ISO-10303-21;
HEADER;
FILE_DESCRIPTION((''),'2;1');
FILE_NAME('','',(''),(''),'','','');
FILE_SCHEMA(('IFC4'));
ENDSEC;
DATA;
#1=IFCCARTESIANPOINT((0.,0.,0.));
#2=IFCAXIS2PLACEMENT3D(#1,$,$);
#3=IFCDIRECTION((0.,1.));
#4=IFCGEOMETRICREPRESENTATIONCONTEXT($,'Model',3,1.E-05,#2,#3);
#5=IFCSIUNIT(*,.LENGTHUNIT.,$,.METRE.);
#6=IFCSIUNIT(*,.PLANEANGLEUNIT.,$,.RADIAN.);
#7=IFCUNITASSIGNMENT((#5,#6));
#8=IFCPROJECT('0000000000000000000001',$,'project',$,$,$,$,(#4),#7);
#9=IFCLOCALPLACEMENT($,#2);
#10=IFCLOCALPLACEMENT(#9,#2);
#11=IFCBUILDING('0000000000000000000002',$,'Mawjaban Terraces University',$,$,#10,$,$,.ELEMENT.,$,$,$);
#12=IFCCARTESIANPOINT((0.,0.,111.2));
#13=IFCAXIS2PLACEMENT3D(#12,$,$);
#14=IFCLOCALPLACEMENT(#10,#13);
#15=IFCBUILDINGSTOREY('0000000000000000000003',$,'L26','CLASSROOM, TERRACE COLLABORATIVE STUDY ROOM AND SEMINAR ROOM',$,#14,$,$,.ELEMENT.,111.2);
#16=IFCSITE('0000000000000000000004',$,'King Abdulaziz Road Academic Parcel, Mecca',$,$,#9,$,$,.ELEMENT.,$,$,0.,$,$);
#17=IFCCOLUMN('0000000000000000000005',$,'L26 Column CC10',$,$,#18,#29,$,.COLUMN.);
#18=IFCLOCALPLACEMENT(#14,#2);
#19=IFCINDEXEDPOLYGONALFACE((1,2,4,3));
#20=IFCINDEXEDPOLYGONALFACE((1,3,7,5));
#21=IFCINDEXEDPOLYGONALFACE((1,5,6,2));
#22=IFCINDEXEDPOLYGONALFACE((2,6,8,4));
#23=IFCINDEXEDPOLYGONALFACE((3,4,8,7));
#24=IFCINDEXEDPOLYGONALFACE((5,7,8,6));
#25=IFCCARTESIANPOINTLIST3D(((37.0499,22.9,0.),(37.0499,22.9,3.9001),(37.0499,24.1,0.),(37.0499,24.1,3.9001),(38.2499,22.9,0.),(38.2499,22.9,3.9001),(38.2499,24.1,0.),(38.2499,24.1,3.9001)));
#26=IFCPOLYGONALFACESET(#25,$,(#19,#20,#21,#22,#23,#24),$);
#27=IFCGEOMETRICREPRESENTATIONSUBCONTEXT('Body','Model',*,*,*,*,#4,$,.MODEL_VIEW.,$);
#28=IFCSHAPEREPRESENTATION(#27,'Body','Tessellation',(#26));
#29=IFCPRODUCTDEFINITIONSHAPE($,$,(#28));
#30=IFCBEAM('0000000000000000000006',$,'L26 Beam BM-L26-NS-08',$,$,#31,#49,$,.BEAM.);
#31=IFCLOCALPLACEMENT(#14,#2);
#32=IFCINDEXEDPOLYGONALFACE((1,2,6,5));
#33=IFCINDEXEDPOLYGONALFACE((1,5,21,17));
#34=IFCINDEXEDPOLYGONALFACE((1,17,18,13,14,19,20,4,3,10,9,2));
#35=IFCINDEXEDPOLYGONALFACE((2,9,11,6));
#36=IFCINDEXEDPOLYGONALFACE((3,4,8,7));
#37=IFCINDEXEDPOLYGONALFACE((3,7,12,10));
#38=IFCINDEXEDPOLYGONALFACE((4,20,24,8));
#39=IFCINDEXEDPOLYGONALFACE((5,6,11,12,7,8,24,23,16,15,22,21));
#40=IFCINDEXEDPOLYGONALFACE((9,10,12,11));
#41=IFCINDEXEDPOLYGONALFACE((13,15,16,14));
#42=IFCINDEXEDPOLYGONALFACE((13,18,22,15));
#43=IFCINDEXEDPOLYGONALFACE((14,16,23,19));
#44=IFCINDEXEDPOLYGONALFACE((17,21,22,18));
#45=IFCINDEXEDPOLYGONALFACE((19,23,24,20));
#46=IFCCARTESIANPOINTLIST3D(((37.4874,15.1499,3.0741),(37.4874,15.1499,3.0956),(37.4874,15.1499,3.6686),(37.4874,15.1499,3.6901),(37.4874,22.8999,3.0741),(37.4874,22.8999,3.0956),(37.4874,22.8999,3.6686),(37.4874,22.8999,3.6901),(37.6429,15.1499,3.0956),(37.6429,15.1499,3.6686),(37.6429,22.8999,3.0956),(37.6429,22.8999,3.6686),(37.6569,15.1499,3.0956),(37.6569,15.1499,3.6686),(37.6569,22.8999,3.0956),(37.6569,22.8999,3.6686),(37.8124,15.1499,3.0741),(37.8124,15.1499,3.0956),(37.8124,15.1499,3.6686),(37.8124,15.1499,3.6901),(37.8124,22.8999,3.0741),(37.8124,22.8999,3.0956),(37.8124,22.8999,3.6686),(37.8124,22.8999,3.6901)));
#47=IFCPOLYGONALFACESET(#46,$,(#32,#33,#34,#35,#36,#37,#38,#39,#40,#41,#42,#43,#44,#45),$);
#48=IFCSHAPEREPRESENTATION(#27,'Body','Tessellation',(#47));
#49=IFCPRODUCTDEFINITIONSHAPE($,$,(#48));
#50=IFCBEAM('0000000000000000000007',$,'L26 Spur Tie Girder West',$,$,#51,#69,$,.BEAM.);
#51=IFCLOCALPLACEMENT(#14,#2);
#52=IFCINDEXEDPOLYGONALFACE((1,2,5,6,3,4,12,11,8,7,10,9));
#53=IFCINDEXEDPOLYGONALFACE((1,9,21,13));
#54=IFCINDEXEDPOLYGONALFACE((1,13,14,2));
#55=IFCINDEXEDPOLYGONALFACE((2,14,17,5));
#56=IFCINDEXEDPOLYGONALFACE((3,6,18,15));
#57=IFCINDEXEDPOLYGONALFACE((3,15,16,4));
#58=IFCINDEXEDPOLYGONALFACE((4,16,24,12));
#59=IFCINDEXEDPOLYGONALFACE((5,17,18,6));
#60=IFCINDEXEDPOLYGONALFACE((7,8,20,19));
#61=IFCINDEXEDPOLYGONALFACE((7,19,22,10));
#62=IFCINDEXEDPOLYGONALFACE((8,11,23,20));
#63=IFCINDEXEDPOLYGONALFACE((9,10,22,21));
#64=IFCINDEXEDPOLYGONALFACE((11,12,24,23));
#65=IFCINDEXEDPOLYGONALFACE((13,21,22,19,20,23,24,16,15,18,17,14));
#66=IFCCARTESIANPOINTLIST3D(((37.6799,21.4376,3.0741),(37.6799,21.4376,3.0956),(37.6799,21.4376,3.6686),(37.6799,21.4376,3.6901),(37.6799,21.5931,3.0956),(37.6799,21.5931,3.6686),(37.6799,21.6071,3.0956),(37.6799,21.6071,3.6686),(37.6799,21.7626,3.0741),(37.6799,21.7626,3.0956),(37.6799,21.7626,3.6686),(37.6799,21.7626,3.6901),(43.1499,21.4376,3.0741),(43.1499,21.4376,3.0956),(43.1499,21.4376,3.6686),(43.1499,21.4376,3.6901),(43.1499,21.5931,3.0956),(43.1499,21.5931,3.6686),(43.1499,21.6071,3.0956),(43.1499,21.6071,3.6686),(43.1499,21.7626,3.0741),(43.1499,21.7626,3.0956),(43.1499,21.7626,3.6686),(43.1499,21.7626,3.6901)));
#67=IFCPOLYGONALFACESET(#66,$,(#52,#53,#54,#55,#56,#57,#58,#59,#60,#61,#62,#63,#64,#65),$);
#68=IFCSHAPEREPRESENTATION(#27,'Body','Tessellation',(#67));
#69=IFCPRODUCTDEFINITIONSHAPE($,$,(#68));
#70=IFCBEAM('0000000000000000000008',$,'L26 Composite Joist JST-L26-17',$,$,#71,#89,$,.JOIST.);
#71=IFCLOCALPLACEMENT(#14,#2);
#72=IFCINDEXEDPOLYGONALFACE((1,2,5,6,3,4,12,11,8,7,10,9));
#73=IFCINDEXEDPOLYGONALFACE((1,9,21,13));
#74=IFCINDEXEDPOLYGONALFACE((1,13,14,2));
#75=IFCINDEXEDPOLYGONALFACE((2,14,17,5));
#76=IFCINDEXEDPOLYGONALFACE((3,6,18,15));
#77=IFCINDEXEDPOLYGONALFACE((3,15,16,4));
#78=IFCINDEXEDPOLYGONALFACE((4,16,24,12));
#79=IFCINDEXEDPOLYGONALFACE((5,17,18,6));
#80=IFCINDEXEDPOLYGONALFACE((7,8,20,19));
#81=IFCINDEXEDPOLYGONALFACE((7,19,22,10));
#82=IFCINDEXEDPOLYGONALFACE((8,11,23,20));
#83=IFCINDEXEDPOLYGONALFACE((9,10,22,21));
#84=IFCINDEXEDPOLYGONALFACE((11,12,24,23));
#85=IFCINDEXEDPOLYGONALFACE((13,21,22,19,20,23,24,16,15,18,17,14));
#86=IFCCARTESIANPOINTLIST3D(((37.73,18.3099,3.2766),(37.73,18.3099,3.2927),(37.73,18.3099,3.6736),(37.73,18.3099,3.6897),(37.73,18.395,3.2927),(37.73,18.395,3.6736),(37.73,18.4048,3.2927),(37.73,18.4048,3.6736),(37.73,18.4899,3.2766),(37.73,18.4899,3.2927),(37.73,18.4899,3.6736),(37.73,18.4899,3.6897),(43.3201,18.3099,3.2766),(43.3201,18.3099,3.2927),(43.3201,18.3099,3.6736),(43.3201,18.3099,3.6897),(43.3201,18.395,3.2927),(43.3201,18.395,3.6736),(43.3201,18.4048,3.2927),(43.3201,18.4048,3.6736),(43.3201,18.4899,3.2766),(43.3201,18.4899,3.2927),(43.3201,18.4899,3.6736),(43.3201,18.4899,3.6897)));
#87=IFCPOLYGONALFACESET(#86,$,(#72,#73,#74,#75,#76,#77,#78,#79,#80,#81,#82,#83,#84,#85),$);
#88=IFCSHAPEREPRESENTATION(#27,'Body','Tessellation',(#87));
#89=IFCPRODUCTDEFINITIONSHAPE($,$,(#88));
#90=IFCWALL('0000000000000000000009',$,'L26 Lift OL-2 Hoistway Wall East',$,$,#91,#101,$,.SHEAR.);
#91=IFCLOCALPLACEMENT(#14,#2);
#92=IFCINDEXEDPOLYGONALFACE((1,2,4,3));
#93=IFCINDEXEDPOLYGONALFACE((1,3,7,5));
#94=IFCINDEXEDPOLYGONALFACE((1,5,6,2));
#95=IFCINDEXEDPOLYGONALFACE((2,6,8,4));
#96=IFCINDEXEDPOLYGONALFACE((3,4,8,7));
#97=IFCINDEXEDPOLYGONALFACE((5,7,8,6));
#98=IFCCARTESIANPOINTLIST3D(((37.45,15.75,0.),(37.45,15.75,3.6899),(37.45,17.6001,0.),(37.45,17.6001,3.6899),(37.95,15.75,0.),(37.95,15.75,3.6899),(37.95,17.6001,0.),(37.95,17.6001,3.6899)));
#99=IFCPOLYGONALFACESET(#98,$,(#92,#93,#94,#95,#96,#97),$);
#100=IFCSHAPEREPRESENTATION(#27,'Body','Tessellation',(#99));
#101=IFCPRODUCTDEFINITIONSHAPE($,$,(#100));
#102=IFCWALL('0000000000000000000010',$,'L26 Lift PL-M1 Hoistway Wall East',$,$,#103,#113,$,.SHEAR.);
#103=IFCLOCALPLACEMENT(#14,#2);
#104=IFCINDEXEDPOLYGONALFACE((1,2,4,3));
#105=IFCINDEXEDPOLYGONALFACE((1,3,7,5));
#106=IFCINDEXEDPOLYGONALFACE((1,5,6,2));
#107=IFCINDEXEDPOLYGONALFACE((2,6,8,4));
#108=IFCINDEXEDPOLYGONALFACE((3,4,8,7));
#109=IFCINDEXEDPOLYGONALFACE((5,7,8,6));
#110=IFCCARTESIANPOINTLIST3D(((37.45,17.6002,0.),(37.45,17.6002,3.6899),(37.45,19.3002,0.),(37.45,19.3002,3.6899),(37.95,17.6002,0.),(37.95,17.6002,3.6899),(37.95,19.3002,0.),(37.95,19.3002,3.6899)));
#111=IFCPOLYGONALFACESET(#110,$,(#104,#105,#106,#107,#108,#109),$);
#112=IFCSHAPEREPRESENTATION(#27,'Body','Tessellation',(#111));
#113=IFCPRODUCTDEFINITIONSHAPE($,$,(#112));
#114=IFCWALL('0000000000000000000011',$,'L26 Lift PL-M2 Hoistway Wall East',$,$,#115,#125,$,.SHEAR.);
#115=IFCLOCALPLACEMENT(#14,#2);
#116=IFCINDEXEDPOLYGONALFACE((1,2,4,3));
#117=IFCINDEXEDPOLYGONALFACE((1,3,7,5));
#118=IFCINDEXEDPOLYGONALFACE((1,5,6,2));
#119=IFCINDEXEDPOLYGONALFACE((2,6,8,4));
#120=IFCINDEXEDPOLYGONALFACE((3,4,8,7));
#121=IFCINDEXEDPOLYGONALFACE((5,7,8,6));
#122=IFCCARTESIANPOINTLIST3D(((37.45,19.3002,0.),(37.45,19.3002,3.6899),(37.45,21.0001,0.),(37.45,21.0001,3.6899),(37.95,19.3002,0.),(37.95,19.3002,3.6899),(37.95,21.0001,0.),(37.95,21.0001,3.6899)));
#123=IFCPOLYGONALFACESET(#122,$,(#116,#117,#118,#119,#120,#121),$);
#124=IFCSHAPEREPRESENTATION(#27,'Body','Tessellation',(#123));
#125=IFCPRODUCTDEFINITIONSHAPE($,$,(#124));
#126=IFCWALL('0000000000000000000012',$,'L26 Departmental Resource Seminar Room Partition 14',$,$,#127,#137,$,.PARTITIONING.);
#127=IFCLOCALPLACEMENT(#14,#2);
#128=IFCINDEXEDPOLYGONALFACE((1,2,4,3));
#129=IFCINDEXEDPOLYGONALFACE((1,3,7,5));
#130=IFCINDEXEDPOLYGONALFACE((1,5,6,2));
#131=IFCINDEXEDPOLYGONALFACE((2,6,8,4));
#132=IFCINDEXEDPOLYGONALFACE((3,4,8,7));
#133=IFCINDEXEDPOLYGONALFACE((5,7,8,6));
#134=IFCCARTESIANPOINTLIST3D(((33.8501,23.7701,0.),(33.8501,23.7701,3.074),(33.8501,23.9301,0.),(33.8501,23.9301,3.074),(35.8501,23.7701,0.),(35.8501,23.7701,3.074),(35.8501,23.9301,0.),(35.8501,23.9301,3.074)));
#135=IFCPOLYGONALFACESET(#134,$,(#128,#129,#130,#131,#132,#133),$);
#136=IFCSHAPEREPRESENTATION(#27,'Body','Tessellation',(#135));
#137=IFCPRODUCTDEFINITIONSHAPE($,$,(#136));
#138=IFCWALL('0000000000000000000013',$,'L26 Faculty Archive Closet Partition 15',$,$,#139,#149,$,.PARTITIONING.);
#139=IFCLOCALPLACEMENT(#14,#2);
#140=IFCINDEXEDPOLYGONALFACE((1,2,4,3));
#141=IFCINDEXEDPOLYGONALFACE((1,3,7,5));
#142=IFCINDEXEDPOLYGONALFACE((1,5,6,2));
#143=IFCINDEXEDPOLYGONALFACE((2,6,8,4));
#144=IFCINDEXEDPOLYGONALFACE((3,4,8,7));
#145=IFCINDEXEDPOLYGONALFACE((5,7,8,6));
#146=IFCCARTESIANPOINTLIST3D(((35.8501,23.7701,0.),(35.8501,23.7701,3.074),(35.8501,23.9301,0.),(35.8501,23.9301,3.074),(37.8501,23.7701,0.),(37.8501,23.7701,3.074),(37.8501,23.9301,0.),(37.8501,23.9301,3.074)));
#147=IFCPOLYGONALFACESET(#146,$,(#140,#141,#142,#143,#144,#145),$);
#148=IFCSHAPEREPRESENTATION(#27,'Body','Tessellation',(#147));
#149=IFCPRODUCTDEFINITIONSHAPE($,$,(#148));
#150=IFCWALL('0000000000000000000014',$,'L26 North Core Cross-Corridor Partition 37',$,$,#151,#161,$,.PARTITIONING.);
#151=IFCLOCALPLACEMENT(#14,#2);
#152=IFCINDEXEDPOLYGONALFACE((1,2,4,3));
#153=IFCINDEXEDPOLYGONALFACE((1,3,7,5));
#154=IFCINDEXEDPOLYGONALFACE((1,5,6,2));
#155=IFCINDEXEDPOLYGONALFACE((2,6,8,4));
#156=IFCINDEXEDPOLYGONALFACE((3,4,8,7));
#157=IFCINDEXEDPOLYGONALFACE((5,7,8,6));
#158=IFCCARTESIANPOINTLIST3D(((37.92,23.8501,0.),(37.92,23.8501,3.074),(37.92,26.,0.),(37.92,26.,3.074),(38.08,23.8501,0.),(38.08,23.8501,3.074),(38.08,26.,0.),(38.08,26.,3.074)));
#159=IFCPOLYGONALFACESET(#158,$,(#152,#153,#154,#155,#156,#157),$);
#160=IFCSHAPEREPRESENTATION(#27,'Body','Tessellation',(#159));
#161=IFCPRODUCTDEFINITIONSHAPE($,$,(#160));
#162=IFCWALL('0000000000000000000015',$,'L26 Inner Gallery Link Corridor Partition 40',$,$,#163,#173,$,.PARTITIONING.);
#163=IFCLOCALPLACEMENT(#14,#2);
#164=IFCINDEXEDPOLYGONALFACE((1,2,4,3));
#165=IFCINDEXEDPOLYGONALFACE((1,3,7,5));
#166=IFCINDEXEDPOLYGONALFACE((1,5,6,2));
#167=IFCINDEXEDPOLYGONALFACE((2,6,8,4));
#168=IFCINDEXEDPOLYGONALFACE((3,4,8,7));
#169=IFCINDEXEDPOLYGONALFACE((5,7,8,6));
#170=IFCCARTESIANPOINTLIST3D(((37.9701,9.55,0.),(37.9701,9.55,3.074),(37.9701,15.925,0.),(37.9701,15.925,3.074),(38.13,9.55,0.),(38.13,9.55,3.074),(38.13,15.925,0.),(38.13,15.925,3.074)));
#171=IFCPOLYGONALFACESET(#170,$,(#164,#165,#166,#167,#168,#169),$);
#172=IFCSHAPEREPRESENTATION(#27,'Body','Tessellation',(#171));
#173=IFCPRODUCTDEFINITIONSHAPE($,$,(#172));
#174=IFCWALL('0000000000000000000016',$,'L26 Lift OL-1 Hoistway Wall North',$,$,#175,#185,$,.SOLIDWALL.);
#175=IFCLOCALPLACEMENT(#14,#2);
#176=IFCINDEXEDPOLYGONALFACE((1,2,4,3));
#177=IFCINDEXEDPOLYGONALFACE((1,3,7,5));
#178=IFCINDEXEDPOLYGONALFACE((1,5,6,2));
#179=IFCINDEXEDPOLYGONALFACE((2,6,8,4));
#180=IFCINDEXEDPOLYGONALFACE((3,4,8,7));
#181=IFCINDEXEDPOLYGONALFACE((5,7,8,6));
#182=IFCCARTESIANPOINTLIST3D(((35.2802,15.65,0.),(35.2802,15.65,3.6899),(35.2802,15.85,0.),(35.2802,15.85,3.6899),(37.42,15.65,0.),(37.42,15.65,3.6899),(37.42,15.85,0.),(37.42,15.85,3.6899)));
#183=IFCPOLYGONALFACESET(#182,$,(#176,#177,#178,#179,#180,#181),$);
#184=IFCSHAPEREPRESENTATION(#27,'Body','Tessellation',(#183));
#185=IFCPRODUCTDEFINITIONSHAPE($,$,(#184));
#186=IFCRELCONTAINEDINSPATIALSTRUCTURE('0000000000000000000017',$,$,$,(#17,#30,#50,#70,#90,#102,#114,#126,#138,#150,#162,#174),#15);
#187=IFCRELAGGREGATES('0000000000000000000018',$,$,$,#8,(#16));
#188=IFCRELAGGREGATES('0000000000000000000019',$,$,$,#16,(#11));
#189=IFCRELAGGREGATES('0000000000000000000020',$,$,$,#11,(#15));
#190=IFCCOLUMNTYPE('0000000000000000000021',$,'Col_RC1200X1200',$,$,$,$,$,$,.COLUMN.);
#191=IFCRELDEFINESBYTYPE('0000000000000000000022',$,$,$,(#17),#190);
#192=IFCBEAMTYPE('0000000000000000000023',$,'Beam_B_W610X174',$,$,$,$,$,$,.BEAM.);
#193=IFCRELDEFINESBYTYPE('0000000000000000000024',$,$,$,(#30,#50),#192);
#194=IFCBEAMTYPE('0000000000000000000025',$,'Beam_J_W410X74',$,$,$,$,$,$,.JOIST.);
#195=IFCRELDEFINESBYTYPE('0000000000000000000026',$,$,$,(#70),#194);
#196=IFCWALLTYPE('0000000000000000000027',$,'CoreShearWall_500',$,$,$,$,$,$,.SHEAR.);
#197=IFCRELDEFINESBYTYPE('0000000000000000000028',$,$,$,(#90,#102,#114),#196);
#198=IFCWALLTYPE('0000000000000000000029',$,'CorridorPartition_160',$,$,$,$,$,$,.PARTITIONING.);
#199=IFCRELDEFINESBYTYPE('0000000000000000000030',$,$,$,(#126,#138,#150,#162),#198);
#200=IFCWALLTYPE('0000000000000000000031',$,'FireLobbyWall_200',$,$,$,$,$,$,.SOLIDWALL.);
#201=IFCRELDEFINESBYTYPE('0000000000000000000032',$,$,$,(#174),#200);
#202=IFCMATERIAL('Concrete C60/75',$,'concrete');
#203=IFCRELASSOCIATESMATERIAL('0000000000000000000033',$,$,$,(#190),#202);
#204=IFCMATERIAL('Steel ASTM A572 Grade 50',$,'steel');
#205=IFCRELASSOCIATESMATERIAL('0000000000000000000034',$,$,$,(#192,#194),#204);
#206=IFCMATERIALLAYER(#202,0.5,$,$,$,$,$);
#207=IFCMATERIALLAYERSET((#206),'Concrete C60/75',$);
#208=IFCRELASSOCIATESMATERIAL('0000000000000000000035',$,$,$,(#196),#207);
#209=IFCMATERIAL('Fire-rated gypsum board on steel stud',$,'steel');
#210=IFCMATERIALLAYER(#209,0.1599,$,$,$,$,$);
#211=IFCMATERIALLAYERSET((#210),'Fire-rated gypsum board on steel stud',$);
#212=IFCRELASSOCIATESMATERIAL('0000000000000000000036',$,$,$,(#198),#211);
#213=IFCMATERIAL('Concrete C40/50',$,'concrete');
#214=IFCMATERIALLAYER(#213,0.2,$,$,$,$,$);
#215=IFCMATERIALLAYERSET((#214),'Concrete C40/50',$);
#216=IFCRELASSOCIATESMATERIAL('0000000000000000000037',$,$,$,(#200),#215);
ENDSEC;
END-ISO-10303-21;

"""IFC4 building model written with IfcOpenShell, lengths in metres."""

from ifc_helpers import new_model, si_unit, direction, frame, frame_2d, origin, origin_2d, place, context, subcontext, project, spatial, rectangle, i_section, extrude, material, layer, layer_set, material_profile, profile_set, type_object, element, save


model = new_model("IFC4")

# Units and contexts
model_context = context("Model", 3, precision=1e-05, world=origin(), true_north=direction((0.0, 1.0)))
body_context = subcontext(model_context, "Body", "Model", "MODEL_VIEW")
ifc_project = project(units=[si_unit("LENGTHUNIT", "METRE"), si_unit("PLANEANGLEUNIT", "RADIAN")], contexts=[model_context])

# Site, building, storey
site_placement = place(None, origin())
site = spatial("IfcSite", under=ifc_project, at=site_placement, Name="King Abdulaziz Road Academic Parcel, Mecca", CompositionType="ELEMENT", RefElevation=0.0)
building_placement = place(site_placement, origin())
building = spatial("IfcBuilding", under=site, at=building_placement, Name="Mawjaban Terraces University", CompositionType="ELEMENT")
storey_placement = place(building_placement, frame((0.0, 0.0, 111.2)))
storey = spatial("IfcBuildingStorey", under=building, at=storey_placement, Name="L26", Description="CLASSROOM, TERRACE COLLABORATIVE STUDY ROOM AND SEMINAR ROOM", CompositionType="ELEMENT", Elevation=111.2)

# Column
ifc_material_1 = material(Name="Concrete C60/75", Category="concrete")
ifc_material_profile_1 = material_profile(ifc_material_1, rectangle(XDim=1.2, YDim=1.2, at=origin_2d()), Name="RC1200X1200")
ifc_profile_set_1 = profile_set([ifc_material_profile_1], Name="Concrete C60/75")
column_type = type_object("IfcColumnType", Name="Col_RC1200X1200", PredefinedType="COLUMN", material=ifc_profile_set_1)
column_placement = place(storey_placement, frame((37.6499, 23.5, 0.0), z_axis=(0.0, 0.0, 1.0), x_axis=(1.0, 0.0, 0.0)))
element("IfcColumn", 1, at=column_placement, inside=storey, type_object=column_type, Name="L26 Column CC10", PredefinedType="COLUMN", context=body_context, shape_type="SweptSolid", body=[
    extrude(rectangle(XDim=1.2, YDim=1.2, at=origin_2d()), origin(), (0.0, 0.0, 1.0), 3.9001),
])

# Beams
ifc_material_2 = material(Name="Steel ASTM A572 Grade 50", Category="steel")
ifc_material_profile_2 = material_profile(ifc_material_2, i_section(OverallWidth=0.325, OverallDepth=0.616, WebThickness=0.0139, FlangeThickness=0.0215, at=origin_2d()), Name="W610X174")
ifc_profile_set_2 = profile_set([ifc_material_profile_2], Name="Steel ASTM A572 Grade 50")
beam_type_1 = type_object("IfcBeamType", Name="Beam_B_W610X174", PredefinedType="BEAM", material=ifc_profile_set_2)
beam_1_placement = place(storey_placement, frame((37.6499, 15.1499, 3.3821), z_axis=(0.0, 1.0, 0.0), x_axis=(-1.0, 0.0, 0.0)))
element("IfcBeam", 2, at=beam_1_placement, inside=storey, type_object=beam_type_1, Name="L26 Beam BM-L26-NS-08", PredefinedType="BEAM", context=body_context, shape_type="SweptSolid", body=[
    extrude(i_section(OverallWidth=0.325, OverallDepth=0.616, WebThickness=0.0139, FlangeThickness=0.0215, at=origin_2d()), origin(), (0.0, 0.0, 1.0), 7.75),
])
beam_2_placement = place(storey_placement, frame((37.6799, 21.6001, 3.3821), z_axis=(1.0, 0.0, 0.0), x_axis=(0.0, 1.0, 0.0)))
element("IfcBeam", 3, at=beam_2_placement, inside=storey, type_object=beam_type_1, Name="L26 Spur Tie Girder West", PredefinedType="BEAM", context=body_context, shape_type="SweptSolid", body=[
    extrude(i_section(OverallWidth=0.325, OverallDepth=0.616, WebThickness=0.0139, FlangeThickness=0.0215, at=origin_2d()), origin(), (0.0, 0.0, 1.0), 5.47),
])
ifc_material_profile_3 = material_profile(ifc_material_2, i_section(OverallWidth=0.1799, OverallDepth=0.4131, WebThickness=0.0098, FlangeThickness=0.0161, at=origin_2d()), Name="W410X74")
ifc_profile_set_3 = profile_set([ifc_material_profile_3], Name="Steel ASTM A572 Grade 50")
beam_type_2 = type_object("IfcBeamType", Name="Beam_J_W410X74", PredefinedType="JOIST", material=ifc_profile_set_3)
beam_3_placement = place(storey_placement, frame((37.73, 18.3999, 3.4832), z_axis=(1.0, 0.0, 0.0), x_axis=(0.0, 1.0, 0.0)))
element("IfcBeam", 4, at=beam_3_placement, inside=storey, type_object=beam_type_2, Name="L26 Composite Joist JST-L26-17", PredefinedType="JOIST", context=body_context, shape_type="SweptSolid", body=[
    extrude(i_section(OverallWidth=0.1799, OverallDepth=0.4131, WebThickness=0.0098, FlangeThickness=0.0161, at=origin_2d()), origin(), (0.0, 0.0, 1.0), 5.5901),
])

# Walls
ifc_layer_1 = layer(ifc_material_1, 0.5)
ifc_layer_set_1 = layer_set([ifc_layer_1], Name="Concrete C60/75")
wall_type_1 = type_object("IfcWallType", Name="CoreShearWall_500", PredefinedType="SHEAR", material=ifc_layer_set_1)
wall_1_placement = place(storey_placement, frame((37.7, 15.75, 0.0), z_axis=(0.0, 0.0, 1.0), x_axis=(0.0, 1.0, 0.0)))
element("IfcWall", 5, at=wall_1_placement, inside=storey, type_object=wall_type_1, Name="L26 Lift OL-2 Hoistway Wall East", PredefinedType="SHEAR", context=body_context, shape_type="SweptSolid", body=[
    extrude(rectangle(XDim=1.8501, YDim=0.5, at=frame_2d((0.925, 0.0))), origin(), (0.0, 0.0, 1.0), 3.6899),
])
for number, where, z_axis, x_axis, name in (
    (6, (37.7, 17.6001, 0.0), (0.0, 0.0, 1.0), (0.0, 1.0, 0.0), "L26 Lift PL-M1 Hoistway Wall East"),
    (7, (37.7, 19.3, 0.0), (0.0, 0.0, 1.0), (0.0, 1.0, 0.0), "L26 Lift PL-M2 Hoistway Wall East"),
):
    element("IfcWall", number, at=place(storey_placement, frame(where, z_axis=z_axis, x_axis=x_axis)), inside=storey, type_object=wall_type_1, Name=name, PredefinedType="SHEAR", context=body_context, shape_type="SweptSolid", body=[
        extrude(rectangle(XDim=1.7, YDim=0.5, at=frame_2d((0.8501, 0.0))), origin(), (0.0, 0.0, 1.0), 3.6899),
    ])
ifc_material_3 = material(Name="Fire-rated gypsum board on steel stud", Category="steel")
ifc_layer_2 = layer(ifc_material_3, 0.1599)
ifc_layer_set_2 = layer_set([ifc_layer_2], Name="Fire-rated gypsum board on steel stud")
wall_type_2 = type_object("IfcWallType", Name="CorridorPartition_160", PredefinedType="PARTITIONING", material=ifc_layer_set_2)
for number, where, z_axis, x_axis, name in (
    (8, (35.8501, 23.8501, 0.0), (0.0, 0.0, 1.0), (-1.0, 0.0, 0.0), "L26 Departmental Resource Seminar Room Partition 14"),
    (9, (37.8501, 23.8501, 0.0), (0.0, 0.0, 1.0), (-1.0, 0.0, 0.0), "L26 Faculty Archive Closet Partition 15"),
):
    element("IfcWall", number, at=place(storey_placement, frame(where, z_axis=z_axis, x_axis=x_axis)), inside=storey, type_object=wall_type_2, Name=name, PredefinedType="PARTITIONING", context=body_context, shape_type="SweptSolid", body=[
        extrude(rectangle(XDim=2.0, YDim=0.1599, at=frame_2d((1.0, 0.0))), origin(), (0.0, 0.0, 1.0), 3.074),
    ])
wall_2_placement = place(storey_placement, frame((38.0, 23.8501, 0.0), z_axis=(0.0, 0.0, 1.0), x_axis=(0.0, 1.0, 0.0)))
element("IfcWall", 10, at=wall_2_placement, inside=storey, type_object=wall_type_2, Name="L26 North Core Cross-Corridor Partition 37", PredefinedType="PARTITIONING", context=body_context, shape_type="SweptSolid", body=[
    extrude(rectangle(XDim=2.1499, YDim=0.1599, at=frame_2d((1.075, 0.0))), origin(), (0.0, 0.0, 1.0), 3.074),
])
wall_3_placement = place(storey_placement, frame((38.05, 15.925, 0.0), z_axis=(0.0, 0.0, 1.0), x_axis=(0.0, -1.0, 0.0)))
element("IfcWall", 11, at=wall_3_placement, inside=storey, type_object=wall_type_2, Name="L26 Inner Gallery Link Corridor Partition 40", PredefinedType="PARTITIONING", context=body_context, shape_type="SweptSolid", body=[
    extrude(rectangle(XDim=6.375, YDim=0.1599, at=frame_2d((3.1875, 0.0))), origin(), (0.0, 0.0, 1.0), 3.074),
])
ifc_material_4 = material(Name="Concrete C40/50", Category="concrete")
ifc_layer_3 = layer(ifc_material_4, 0.2)
ifc_layer_set_3 = layer_set([ifc_layer_3], Name="Concrete C40/50")
wall_type_3 = type_object("IfcWallType", Name="FireLobbyWall_200", PredefinedType="SOLIDWALL", material=ifc_layer_set_3)
for number, where, z_axis, x_axis, name in (
    (12, (37.4199, 15.75, 0.0), (0.0, 0.0, 1.0), (-1.0, 0.0, 0.0), "L26 Lift OL-1 Hoistway Wall North"),
):
    element("IfcWall", number, at=place(storey_placement, frame(where, z_axis=z_axis, x_axis=x_axis)), inside=storey, type_object=wall_type_3, Name=name, PredefinedType="SOLIDWALL", context=body_context, shape_type="SweptSolid", body=[
        extrude(rectangle(XDim=2.1399, YDim=0.2, at=frame_2d((1.0698, 0.0))), origin(), (0.0, 0.0, 1.0), 3.6899),
    ])

save(model, "model.ifc")
